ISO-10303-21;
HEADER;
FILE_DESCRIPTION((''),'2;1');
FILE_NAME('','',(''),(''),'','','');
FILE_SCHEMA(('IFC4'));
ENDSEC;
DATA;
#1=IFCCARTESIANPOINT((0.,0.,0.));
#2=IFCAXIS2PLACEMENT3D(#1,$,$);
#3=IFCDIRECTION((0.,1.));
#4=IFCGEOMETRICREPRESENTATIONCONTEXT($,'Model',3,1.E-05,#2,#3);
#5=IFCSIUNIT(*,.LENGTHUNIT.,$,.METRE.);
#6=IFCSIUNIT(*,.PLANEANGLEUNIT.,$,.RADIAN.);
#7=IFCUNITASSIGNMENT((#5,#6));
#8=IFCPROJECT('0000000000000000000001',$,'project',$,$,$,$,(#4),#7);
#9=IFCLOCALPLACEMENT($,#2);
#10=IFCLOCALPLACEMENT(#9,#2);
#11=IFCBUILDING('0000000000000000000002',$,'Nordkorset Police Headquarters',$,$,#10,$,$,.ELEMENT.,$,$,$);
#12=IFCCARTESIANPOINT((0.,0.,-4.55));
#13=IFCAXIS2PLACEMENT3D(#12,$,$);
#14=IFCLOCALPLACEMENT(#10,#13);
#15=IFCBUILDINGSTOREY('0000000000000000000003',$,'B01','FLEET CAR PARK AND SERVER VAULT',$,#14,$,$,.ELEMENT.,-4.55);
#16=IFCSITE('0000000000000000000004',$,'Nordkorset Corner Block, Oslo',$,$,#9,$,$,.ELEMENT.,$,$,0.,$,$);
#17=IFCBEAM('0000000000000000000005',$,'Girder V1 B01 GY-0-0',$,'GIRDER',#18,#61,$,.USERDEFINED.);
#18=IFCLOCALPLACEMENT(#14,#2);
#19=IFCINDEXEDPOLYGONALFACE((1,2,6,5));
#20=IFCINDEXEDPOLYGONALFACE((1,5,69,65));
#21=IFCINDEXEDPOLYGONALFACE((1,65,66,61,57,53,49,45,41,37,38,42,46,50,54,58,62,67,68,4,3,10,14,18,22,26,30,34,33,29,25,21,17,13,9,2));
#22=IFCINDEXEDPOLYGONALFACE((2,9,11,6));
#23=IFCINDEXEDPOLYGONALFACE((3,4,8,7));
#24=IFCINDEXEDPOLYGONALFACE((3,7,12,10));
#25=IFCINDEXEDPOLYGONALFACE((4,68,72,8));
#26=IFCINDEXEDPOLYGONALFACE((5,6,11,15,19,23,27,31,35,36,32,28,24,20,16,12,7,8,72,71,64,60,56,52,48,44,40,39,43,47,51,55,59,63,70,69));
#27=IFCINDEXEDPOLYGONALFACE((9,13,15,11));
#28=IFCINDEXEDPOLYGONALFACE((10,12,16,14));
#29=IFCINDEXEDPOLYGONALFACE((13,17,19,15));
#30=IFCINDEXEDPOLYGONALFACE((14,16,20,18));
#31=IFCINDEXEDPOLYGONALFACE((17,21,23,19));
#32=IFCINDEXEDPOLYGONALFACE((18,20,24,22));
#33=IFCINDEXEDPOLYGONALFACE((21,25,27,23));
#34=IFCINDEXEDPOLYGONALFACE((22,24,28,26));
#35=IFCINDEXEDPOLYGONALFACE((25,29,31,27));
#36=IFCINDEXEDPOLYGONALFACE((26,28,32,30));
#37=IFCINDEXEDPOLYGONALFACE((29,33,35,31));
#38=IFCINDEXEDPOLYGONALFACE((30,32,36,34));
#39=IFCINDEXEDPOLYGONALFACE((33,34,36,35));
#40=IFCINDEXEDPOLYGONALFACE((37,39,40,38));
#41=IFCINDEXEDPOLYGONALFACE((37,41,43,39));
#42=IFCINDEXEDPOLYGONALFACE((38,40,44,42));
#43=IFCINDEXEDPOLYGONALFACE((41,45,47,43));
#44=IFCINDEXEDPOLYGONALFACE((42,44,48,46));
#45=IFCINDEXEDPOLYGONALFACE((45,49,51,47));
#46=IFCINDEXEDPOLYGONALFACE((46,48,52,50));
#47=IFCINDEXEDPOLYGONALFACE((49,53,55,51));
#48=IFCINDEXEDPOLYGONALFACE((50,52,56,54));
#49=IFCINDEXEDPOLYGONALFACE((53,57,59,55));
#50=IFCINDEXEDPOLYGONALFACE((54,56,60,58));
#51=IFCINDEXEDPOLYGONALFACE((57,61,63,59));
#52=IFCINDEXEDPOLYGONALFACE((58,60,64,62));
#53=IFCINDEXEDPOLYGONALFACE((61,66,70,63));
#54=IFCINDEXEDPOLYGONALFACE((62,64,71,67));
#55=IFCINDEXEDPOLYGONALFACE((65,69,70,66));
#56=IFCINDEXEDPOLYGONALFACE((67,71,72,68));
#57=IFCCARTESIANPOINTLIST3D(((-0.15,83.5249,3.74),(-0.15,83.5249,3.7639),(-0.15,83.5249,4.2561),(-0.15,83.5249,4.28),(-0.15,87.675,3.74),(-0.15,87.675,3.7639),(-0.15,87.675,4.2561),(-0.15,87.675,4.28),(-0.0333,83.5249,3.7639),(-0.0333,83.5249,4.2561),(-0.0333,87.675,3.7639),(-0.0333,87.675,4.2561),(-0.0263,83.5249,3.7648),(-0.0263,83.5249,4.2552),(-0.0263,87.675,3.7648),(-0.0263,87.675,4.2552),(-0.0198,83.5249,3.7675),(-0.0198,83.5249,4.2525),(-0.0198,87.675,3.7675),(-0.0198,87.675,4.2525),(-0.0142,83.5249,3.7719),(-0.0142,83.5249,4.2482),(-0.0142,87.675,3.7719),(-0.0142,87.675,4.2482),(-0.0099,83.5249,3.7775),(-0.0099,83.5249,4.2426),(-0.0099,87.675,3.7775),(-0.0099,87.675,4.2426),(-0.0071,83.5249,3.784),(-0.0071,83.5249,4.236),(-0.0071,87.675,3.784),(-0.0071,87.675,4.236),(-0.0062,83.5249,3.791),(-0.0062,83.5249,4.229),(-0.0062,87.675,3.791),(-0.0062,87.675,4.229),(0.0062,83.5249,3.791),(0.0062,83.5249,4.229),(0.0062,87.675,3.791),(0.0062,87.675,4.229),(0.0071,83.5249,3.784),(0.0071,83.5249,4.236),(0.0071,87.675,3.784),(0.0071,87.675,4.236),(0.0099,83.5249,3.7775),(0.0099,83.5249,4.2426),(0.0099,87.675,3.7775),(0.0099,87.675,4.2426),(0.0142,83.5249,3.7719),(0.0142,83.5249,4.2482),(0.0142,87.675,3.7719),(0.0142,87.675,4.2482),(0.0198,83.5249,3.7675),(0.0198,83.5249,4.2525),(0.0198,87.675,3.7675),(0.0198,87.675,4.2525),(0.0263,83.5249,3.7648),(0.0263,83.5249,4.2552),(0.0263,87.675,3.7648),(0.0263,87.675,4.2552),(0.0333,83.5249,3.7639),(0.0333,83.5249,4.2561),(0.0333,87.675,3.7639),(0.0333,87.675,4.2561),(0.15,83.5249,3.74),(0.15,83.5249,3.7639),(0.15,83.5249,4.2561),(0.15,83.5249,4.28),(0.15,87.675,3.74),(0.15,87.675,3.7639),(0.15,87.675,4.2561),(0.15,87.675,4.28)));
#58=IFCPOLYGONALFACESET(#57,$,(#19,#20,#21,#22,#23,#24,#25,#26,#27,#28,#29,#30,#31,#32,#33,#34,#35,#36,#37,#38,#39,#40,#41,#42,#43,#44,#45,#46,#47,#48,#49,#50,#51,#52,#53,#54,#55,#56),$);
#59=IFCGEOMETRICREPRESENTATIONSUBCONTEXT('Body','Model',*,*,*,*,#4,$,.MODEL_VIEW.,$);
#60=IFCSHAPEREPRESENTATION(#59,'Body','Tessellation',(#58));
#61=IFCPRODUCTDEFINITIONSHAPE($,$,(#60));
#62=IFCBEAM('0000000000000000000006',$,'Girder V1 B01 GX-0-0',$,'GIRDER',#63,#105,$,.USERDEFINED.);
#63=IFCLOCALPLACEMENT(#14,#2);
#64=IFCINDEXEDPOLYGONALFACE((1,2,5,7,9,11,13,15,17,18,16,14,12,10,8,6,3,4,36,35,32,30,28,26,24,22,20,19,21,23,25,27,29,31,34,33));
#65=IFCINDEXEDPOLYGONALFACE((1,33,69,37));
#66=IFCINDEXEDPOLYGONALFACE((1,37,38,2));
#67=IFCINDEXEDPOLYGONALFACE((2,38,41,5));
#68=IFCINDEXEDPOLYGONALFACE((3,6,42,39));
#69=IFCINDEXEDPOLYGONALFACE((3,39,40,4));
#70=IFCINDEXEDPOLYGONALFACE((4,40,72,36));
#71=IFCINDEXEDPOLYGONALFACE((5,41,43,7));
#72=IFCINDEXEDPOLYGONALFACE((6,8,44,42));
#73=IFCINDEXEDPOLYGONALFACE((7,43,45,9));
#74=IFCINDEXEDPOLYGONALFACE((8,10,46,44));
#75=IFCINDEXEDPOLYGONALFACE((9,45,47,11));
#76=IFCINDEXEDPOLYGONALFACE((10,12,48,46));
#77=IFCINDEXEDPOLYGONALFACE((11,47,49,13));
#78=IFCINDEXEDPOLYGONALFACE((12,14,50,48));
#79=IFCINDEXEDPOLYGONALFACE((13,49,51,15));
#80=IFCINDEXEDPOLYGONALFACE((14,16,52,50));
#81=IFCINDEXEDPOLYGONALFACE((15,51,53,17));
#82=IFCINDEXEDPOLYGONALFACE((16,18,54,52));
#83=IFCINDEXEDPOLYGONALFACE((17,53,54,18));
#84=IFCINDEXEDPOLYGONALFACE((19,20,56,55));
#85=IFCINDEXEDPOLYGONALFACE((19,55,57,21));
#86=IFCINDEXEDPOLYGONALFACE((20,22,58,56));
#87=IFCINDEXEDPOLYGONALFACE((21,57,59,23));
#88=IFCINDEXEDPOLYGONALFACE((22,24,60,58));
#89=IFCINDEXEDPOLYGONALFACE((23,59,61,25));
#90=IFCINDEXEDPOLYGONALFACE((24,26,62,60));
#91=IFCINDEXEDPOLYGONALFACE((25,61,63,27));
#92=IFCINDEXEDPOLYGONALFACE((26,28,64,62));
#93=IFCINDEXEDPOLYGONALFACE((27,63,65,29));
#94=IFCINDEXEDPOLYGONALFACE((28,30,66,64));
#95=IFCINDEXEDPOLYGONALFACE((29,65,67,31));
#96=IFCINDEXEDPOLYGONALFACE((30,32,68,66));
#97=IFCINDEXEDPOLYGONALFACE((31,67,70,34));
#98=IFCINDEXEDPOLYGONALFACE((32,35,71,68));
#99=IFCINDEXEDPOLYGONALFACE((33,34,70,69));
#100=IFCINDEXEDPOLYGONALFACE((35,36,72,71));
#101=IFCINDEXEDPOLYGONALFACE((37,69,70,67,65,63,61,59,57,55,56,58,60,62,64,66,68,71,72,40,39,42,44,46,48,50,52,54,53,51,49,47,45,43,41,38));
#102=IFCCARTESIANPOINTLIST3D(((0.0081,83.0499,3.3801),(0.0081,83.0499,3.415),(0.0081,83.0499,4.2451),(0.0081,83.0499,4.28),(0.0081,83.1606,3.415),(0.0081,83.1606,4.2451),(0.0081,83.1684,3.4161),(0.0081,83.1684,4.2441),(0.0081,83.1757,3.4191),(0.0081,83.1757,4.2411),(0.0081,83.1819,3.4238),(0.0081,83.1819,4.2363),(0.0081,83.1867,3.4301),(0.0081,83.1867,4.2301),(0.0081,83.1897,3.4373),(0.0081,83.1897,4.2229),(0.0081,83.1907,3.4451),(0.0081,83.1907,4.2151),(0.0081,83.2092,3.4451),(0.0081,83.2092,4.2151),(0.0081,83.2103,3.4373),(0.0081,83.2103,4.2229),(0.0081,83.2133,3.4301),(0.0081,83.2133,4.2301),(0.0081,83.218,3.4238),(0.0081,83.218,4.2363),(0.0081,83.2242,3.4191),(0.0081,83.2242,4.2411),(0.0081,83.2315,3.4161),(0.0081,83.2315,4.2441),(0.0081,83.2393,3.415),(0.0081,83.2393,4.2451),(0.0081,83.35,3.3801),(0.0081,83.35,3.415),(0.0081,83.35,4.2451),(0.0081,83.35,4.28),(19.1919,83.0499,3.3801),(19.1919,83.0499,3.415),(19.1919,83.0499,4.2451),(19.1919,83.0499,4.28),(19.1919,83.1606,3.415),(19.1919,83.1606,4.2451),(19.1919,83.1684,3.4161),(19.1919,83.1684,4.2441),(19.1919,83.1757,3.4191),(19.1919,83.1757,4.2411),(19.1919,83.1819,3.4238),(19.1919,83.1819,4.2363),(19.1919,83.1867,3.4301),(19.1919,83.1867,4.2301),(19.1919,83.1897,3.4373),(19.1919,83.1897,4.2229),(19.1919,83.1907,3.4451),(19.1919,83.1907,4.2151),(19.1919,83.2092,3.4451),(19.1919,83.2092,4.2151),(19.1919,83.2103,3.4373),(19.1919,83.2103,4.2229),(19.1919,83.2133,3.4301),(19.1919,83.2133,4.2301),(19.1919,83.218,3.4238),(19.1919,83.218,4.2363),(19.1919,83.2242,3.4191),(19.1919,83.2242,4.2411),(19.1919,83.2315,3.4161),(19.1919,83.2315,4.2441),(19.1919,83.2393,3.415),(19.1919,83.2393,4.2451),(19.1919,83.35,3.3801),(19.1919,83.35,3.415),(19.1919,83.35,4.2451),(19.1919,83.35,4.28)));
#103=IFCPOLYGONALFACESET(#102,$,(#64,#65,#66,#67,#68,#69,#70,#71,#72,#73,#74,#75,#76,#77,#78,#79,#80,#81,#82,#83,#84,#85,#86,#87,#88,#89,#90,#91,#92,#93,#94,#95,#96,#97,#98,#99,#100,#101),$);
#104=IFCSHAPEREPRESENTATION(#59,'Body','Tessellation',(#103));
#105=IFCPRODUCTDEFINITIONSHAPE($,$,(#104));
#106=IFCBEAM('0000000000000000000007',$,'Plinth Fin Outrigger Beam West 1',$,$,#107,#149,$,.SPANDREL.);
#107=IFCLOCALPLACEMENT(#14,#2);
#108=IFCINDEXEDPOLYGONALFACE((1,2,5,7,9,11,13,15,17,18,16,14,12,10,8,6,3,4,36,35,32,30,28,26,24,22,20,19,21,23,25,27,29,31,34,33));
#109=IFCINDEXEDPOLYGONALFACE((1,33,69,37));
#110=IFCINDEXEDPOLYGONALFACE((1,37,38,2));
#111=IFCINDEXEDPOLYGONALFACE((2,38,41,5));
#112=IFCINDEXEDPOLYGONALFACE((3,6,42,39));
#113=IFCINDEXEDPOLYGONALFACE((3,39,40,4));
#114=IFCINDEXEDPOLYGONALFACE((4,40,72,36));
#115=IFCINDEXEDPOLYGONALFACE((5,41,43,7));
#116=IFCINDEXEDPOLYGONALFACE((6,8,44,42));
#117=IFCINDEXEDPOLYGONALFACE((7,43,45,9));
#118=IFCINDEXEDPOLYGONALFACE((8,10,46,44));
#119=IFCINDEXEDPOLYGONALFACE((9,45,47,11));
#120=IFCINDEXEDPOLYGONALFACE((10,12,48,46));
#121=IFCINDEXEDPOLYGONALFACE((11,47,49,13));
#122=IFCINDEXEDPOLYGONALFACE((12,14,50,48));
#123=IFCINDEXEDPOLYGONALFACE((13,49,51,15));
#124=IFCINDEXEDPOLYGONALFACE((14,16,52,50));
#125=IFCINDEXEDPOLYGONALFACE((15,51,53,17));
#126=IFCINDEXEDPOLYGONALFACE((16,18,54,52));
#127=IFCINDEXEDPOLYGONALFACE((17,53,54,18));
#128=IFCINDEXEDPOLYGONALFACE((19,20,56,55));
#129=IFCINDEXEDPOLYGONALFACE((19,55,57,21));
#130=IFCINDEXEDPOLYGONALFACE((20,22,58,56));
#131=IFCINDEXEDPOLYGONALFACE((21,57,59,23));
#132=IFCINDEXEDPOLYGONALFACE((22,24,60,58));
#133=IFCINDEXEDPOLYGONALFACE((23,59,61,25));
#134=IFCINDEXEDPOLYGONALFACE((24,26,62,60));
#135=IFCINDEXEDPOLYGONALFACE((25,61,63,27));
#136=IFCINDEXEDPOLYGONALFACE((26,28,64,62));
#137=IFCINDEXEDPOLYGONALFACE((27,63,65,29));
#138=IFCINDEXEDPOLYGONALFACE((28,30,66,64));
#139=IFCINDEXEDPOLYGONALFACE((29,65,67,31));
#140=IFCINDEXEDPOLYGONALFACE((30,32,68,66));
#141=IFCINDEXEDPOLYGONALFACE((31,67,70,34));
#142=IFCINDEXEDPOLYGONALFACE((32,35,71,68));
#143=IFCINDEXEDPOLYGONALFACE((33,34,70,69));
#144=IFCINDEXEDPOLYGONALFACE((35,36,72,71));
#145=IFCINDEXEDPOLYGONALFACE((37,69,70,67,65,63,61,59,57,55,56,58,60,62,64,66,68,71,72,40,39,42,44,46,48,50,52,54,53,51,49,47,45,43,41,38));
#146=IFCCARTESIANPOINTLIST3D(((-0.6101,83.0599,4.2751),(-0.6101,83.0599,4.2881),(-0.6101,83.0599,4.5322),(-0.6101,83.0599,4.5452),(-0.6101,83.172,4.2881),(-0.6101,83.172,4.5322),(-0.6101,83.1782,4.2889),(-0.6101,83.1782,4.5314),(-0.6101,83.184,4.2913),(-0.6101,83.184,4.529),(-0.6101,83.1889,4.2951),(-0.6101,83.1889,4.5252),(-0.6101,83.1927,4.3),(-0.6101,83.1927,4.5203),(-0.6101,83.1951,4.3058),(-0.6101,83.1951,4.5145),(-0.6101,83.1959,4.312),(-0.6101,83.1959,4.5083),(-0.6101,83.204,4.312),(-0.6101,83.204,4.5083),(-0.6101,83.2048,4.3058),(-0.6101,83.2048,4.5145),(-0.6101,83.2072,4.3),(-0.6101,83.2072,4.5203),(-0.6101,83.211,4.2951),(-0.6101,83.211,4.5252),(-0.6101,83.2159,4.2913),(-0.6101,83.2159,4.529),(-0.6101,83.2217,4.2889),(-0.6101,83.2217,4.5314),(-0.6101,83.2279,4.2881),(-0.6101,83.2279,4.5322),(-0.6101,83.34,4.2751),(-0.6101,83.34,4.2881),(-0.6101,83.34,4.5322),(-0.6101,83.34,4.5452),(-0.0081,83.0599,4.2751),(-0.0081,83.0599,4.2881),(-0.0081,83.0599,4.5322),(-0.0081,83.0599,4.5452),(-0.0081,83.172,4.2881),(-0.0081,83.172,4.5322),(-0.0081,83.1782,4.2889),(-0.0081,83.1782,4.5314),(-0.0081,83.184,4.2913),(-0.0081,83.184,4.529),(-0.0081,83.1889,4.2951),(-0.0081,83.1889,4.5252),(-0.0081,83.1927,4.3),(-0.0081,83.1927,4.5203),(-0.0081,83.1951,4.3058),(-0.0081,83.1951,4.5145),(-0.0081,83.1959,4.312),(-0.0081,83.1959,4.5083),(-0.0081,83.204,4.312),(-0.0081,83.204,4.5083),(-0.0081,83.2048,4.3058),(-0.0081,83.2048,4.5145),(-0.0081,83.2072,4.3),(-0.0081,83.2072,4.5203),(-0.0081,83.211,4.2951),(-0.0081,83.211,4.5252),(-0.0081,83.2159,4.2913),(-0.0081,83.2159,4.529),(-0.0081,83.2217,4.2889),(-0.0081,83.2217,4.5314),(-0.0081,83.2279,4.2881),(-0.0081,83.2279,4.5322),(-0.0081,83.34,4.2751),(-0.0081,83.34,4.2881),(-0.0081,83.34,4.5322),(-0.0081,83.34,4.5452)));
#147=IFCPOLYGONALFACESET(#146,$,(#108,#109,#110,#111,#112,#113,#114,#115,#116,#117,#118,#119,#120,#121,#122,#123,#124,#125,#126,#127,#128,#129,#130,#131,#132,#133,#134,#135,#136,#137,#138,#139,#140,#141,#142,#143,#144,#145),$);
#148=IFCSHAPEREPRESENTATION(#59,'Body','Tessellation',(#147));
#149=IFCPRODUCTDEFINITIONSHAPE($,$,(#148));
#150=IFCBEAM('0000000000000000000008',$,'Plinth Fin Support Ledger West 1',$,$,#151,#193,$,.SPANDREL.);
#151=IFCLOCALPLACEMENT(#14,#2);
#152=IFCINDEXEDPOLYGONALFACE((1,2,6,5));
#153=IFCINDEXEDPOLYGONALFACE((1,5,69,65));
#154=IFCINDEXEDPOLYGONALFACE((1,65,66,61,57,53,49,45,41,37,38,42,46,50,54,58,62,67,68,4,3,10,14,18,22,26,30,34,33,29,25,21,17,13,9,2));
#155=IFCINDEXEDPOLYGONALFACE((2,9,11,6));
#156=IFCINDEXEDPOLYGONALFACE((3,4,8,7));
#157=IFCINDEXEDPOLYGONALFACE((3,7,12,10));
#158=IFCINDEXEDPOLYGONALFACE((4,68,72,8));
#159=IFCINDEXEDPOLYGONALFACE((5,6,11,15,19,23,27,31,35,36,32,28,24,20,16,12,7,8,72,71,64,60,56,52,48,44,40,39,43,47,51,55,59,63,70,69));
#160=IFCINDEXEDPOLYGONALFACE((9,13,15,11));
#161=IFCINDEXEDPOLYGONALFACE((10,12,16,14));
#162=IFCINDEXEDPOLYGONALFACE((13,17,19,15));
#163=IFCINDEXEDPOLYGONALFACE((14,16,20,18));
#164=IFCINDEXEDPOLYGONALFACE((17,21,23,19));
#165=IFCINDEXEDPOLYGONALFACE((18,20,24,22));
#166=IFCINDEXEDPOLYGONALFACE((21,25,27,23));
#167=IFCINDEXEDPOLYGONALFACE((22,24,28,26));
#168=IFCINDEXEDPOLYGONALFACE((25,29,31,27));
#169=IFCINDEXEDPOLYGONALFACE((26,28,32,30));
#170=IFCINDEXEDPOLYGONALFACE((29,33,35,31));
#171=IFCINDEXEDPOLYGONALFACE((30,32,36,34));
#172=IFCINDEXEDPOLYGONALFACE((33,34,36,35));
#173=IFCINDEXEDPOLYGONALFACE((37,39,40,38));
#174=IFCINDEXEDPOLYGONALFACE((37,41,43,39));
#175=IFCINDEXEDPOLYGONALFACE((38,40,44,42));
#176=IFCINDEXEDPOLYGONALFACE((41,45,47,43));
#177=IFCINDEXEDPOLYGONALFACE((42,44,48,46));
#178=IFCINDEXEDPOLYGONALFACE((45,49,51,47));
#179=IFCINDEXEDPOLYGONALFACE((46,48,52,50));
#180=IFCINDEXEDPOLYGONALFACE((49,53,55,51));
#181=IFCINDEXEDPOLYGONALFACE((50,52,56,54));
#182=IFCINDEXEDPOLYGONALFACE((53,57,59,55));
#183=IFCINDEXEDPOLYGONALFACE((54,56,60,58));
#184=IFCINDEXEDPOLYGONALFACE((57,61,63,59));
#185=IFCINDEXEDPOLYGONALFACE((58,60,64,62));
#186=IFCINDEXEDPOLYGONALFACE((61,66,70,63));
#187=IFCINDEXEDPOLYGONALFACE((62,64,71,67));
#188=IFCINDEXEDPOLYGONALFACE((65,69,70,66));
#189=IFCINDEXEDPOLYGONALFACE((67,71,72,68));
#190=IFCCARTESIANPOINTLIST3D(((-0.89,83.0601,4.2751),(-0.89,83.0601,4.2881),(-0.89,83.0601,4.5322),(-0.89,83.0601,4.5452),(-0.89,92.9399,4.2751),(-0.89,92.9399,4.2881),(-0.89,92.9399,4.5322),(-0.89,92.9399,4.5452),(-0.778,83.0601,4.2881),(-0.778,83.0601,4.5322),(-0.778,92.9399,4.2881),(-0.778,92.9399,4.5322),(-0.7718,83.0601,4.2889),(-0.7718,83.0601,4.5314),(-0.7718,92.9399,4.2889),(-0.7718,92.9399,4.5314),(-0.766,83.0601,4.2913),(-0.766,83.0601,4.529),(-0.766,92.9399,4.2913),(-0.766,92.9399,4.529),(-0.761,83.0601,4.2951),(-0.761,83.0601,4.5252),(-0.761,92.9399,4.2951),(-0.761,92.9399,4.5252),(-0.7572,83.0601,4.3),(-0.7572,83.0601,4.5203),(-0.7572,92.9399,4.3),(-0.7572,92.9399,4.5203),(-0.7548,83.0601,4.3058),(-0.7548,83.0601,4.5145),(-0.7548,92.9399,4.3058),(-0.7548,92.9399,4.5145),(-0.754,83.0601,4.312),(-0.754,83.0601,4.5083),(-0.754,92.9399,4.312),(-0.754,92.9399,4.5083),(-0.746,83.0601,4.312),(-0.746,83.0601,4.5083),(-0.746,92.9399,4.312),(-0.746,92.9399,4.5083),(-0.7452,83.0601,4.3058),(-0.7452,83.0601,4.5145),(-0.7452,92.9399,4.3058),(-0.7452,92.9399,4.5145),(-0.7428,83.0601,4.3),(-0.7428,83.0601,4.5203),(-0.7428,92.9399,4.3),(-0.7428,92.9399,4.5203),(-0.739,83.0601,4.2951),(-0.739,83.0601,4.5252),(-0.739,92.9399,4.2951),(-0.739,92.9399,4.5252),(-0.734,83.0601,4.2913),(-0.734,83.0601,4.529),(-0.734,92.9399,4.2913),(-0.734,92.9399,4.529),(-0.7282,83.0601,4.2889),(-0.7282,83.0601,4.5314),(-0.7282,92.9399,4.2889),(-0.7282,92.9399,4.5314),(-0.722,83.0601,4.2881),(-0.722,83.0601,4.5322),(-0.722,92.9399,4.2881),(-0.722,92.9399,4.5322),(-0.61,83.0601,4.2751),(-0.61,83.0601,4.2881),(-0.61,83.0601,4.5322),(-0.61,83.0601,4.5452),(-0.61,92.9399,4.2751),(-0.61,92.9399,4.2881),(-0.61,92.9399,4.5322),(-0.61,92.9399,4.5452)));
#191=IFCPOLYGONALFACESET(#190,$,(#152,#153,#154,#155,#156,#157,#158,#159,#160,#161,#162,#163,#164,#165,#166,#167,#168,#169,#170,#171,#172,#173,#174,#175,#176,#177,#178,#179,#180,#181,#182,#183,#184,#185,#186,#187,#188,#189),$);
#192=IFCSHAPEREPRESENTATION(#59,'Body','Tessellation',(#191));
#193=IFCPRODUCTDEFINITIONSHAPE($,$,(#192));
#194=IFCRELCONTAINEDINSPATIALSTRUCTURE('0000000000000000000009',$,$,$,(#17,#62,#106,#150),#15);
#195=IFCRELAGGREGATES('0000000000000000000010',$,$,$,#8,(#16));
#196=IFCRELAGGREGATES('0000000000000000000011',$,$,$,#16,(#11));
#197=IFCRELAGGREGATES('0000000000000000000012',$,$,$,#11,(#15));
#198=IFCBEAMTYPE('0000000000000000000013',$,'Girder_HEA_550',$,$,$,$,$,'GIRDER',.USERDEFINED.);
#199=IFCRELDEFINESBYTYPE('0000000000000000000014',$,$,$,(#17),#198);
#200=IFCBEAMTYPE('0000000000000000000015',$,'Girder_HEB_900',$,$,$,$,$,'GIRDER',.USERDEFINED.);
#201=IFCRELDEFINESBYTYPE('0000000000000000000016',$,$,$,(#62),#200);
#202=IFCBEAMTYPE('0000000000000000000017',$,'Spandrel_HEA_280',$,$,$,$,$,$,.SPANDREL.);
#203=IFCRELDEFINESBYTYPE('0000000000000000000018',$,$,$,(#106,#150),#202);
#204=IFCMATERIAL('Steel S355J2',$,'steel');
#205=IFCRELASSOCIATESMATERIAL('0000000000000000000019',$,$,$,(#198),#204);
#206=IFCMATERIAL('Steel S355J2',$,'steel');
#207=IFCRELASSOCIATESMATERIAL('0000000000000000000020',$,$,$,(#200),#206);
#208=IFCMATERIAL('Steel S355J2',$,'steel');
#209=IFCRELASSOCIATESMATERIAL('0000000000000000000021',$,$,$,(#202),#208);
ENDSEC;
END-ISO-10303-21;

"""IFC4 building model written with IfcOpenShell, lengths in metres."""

from ifc_helpers import new_model, si_unit, direction, frame, origin, origin_2d, place, context, subcontext, project, spatial, i_section, extrude, material, material_profile, profile_set, type_object, element, save


model = new_model("IFC4")

# Units and contexts
model_context = context("Model", 3, precision=1e-05, world=origin(), true_north=direction((0.0, 1.0)))
body_context = subcontext(model_context, "Body", "Model", "MODEL_VIEW")
ifc_project = project(units=[si_unit("LENGTHUNIT", "METRE"), si_unit("PLANEANGLEUNIT", "RADIAN")], contexts=[model_context])

# Site, building, storey
site_placement = place(None, origin())
site = spatial("IfcSite", under=ifc_project, at=site_placement, Name="Nordkorset Corner Block, Oslo", CompositionType="ELEMENT", RefElevation=0.0)
building_placement = place(site_placement, origin())
building = spatial("IfcBuilding", under=site, at=building_placement, Name="Nordkorset Police Headquarters", CompositionType="ELEMENT")
storey_placement = place(building_placement, frame((0.0, 0.0, -4.55)))
storey = spatial("IfcBuildingStorey", under=building, at=storey_placement, Name="B01", Description="FLEET CAR PARK AND SERVER VAULT", CompositionType="ELEMENT", Elevation=-4.55)

# Beams
ifc_material_1 = material(Name="Steel S355J2", Category="steel")
ifc_material_profile_1 = material_profile(ifc_material_1, i_section(OverallWidth=0.3, OverallDepth=0.54, WebThickness=0.0125, FlangeThickness=0.0239, FilletRadius=0.0271, at=origin_2d()), Name="HEA 550")
ifc_profile_set_1 = profile_set([ifc_material_profile_1], Name="Steel S355J2")
beam_type_1 = type_object("IfcBeamType", Name="Girder_HEA_550", ElementType="GIRDER", PredefinedType="USERDEFINED", material=ifc_profile_set_1)
beam_1_placement = place(storey_placement, frame((0.0, 83.5249, 4.01), z_axis=(0.0, 1.0, 0.0), x_axis=(-1.0, 0.0, 0.0)))
element("IfcBeam", 1, at=beam_1_placement, inside=storey, type_object=beam_type_1, Name="Girder V1 B01 GY-0-0", ObjectType="GIRDER", PredefinedType="USERDEFINED", context=body_context, shape_type="SweptSolid", body=[
    extrude(i_section(OverallWidth=0.3, OverallDepth=0.54, WebThickness=0.0125, FlangeThickness=0.0239, FilletRadius=0.0271, at=origin_2d()), origin(), (0.0, 0.0, 1.0), 4.1501),
])
ifc_material_2 = material(Name="Steel S355J2", Category="steel")
ifc_material_profile_2 = material_profile(ifc_material_2, i_section(OverallWidth=0.3, OverallDepth=0.8999, WebThickness=0.0186, FlangeThickness=0.0349, FilletRadius=0.03, at=origin_2d()), Name="HEB 900")
ifc_profile_set_2 = profile_set([ifc_material_profile_2], Name="Steel S355J2")
beam_type_2 = type_object("IfcBeamType", Name="Girder_HEB_900", ElementType="GIRDER", PredefinedType="USERDEFINED", material=ifc_profile_set_2)
beam_2_placement = place(storey_placement, frame((0.0081, 83.2, 3.8301), z_axis=(1.0, 0.0, 0.0), x_axis=(0.0, 1.0, 0.0)))
element("IfcBeam", 2, at=beam_2_placement, inside=storey, type_object=beam_type_2, Name="Girder V1 B01 GX-0-0", ObjectType="GIRDER", PredefinedType="USERDEFINED", context=body_context, shape_type="SweptSolid", body=[
    extrude(i_section(OverallWidth=0.3, OverallDepth=0.8999, WebThickness=0.0186, FlangeThickness=0.0349, FilletRadius=0.03, at=origin_2d()), origin(), (0.0, 0.0, 1.0), 19.1838),
])
ifc_material_3 = material(Name="Steel S355J2", Category="steel")
ifc_material_profile_3 = material_profile(ifc_material_3, i_section(OverallWidth=0.28, OverallDepth=0.27, WebThickness=0.0081, FlangeThickness=0.0129, FilletRadius=0.0239, at=origin_2d()), Name="HEA 280")
ifc_profile_set_3 = profile_set([ifc_material_profile_3], Name="Steel S355J2")
beam_type_3 = type_object("IfcBeamType", Name="Spandrel_HEA_280", PredefinedType="SPANDREL", material=ifc_profile_set_3)
beam_3_placement = place(storey_placement, frame((-0.0081, 83.2, 4.4102), z_axis=(-1.0, 0.0, 0.0), x_axis=(0.0, -1.0, 0.0)))
element("IfcBeam", 3, at=beam_3_placement, inside=storey, type_object=beam_type_3, Name="Plinth Fin Outrigger Beam West 1", PredefinedType="SPANDREL", context=body_context, shape_type="SweptSolid", body=[
    extrude(i_section(OverallWidth=0.28, OverallDepth=0.27, WebThickness=0.0081, FlangeThickness=0.0129, FilletRadius=0.0239, at=origin_2d()), origin(), (0.0, 0.0, 1.0), 0.6021),
])
beam_4_placement = place(storey_placement, frame((-0.75, 83.0601, 4.4102), z_axis=(0.0, 1.0, 0.0), x_axis=(-1.0, 0.0, 0.0)))
element("IfcBeam", 4, at=beam_4_placement, inside=storey, type_object=beam_type_3, Name="Plinth Fin Support Ledger West 1", PredefinedType="SPANDREL", context=body_context, shape_type="SweptSolid", body=[
    extrude(i_section(OverallWidth=0.28, OverallDepth=0.27, WebThickness=0.0081, FlangeThickness=0.0129, FilletRadius=0.0239, at=origin_2d()), origin(), (0.0, 0.0, 1.0), 9.8799),
])

save(model, "model.ifc")
